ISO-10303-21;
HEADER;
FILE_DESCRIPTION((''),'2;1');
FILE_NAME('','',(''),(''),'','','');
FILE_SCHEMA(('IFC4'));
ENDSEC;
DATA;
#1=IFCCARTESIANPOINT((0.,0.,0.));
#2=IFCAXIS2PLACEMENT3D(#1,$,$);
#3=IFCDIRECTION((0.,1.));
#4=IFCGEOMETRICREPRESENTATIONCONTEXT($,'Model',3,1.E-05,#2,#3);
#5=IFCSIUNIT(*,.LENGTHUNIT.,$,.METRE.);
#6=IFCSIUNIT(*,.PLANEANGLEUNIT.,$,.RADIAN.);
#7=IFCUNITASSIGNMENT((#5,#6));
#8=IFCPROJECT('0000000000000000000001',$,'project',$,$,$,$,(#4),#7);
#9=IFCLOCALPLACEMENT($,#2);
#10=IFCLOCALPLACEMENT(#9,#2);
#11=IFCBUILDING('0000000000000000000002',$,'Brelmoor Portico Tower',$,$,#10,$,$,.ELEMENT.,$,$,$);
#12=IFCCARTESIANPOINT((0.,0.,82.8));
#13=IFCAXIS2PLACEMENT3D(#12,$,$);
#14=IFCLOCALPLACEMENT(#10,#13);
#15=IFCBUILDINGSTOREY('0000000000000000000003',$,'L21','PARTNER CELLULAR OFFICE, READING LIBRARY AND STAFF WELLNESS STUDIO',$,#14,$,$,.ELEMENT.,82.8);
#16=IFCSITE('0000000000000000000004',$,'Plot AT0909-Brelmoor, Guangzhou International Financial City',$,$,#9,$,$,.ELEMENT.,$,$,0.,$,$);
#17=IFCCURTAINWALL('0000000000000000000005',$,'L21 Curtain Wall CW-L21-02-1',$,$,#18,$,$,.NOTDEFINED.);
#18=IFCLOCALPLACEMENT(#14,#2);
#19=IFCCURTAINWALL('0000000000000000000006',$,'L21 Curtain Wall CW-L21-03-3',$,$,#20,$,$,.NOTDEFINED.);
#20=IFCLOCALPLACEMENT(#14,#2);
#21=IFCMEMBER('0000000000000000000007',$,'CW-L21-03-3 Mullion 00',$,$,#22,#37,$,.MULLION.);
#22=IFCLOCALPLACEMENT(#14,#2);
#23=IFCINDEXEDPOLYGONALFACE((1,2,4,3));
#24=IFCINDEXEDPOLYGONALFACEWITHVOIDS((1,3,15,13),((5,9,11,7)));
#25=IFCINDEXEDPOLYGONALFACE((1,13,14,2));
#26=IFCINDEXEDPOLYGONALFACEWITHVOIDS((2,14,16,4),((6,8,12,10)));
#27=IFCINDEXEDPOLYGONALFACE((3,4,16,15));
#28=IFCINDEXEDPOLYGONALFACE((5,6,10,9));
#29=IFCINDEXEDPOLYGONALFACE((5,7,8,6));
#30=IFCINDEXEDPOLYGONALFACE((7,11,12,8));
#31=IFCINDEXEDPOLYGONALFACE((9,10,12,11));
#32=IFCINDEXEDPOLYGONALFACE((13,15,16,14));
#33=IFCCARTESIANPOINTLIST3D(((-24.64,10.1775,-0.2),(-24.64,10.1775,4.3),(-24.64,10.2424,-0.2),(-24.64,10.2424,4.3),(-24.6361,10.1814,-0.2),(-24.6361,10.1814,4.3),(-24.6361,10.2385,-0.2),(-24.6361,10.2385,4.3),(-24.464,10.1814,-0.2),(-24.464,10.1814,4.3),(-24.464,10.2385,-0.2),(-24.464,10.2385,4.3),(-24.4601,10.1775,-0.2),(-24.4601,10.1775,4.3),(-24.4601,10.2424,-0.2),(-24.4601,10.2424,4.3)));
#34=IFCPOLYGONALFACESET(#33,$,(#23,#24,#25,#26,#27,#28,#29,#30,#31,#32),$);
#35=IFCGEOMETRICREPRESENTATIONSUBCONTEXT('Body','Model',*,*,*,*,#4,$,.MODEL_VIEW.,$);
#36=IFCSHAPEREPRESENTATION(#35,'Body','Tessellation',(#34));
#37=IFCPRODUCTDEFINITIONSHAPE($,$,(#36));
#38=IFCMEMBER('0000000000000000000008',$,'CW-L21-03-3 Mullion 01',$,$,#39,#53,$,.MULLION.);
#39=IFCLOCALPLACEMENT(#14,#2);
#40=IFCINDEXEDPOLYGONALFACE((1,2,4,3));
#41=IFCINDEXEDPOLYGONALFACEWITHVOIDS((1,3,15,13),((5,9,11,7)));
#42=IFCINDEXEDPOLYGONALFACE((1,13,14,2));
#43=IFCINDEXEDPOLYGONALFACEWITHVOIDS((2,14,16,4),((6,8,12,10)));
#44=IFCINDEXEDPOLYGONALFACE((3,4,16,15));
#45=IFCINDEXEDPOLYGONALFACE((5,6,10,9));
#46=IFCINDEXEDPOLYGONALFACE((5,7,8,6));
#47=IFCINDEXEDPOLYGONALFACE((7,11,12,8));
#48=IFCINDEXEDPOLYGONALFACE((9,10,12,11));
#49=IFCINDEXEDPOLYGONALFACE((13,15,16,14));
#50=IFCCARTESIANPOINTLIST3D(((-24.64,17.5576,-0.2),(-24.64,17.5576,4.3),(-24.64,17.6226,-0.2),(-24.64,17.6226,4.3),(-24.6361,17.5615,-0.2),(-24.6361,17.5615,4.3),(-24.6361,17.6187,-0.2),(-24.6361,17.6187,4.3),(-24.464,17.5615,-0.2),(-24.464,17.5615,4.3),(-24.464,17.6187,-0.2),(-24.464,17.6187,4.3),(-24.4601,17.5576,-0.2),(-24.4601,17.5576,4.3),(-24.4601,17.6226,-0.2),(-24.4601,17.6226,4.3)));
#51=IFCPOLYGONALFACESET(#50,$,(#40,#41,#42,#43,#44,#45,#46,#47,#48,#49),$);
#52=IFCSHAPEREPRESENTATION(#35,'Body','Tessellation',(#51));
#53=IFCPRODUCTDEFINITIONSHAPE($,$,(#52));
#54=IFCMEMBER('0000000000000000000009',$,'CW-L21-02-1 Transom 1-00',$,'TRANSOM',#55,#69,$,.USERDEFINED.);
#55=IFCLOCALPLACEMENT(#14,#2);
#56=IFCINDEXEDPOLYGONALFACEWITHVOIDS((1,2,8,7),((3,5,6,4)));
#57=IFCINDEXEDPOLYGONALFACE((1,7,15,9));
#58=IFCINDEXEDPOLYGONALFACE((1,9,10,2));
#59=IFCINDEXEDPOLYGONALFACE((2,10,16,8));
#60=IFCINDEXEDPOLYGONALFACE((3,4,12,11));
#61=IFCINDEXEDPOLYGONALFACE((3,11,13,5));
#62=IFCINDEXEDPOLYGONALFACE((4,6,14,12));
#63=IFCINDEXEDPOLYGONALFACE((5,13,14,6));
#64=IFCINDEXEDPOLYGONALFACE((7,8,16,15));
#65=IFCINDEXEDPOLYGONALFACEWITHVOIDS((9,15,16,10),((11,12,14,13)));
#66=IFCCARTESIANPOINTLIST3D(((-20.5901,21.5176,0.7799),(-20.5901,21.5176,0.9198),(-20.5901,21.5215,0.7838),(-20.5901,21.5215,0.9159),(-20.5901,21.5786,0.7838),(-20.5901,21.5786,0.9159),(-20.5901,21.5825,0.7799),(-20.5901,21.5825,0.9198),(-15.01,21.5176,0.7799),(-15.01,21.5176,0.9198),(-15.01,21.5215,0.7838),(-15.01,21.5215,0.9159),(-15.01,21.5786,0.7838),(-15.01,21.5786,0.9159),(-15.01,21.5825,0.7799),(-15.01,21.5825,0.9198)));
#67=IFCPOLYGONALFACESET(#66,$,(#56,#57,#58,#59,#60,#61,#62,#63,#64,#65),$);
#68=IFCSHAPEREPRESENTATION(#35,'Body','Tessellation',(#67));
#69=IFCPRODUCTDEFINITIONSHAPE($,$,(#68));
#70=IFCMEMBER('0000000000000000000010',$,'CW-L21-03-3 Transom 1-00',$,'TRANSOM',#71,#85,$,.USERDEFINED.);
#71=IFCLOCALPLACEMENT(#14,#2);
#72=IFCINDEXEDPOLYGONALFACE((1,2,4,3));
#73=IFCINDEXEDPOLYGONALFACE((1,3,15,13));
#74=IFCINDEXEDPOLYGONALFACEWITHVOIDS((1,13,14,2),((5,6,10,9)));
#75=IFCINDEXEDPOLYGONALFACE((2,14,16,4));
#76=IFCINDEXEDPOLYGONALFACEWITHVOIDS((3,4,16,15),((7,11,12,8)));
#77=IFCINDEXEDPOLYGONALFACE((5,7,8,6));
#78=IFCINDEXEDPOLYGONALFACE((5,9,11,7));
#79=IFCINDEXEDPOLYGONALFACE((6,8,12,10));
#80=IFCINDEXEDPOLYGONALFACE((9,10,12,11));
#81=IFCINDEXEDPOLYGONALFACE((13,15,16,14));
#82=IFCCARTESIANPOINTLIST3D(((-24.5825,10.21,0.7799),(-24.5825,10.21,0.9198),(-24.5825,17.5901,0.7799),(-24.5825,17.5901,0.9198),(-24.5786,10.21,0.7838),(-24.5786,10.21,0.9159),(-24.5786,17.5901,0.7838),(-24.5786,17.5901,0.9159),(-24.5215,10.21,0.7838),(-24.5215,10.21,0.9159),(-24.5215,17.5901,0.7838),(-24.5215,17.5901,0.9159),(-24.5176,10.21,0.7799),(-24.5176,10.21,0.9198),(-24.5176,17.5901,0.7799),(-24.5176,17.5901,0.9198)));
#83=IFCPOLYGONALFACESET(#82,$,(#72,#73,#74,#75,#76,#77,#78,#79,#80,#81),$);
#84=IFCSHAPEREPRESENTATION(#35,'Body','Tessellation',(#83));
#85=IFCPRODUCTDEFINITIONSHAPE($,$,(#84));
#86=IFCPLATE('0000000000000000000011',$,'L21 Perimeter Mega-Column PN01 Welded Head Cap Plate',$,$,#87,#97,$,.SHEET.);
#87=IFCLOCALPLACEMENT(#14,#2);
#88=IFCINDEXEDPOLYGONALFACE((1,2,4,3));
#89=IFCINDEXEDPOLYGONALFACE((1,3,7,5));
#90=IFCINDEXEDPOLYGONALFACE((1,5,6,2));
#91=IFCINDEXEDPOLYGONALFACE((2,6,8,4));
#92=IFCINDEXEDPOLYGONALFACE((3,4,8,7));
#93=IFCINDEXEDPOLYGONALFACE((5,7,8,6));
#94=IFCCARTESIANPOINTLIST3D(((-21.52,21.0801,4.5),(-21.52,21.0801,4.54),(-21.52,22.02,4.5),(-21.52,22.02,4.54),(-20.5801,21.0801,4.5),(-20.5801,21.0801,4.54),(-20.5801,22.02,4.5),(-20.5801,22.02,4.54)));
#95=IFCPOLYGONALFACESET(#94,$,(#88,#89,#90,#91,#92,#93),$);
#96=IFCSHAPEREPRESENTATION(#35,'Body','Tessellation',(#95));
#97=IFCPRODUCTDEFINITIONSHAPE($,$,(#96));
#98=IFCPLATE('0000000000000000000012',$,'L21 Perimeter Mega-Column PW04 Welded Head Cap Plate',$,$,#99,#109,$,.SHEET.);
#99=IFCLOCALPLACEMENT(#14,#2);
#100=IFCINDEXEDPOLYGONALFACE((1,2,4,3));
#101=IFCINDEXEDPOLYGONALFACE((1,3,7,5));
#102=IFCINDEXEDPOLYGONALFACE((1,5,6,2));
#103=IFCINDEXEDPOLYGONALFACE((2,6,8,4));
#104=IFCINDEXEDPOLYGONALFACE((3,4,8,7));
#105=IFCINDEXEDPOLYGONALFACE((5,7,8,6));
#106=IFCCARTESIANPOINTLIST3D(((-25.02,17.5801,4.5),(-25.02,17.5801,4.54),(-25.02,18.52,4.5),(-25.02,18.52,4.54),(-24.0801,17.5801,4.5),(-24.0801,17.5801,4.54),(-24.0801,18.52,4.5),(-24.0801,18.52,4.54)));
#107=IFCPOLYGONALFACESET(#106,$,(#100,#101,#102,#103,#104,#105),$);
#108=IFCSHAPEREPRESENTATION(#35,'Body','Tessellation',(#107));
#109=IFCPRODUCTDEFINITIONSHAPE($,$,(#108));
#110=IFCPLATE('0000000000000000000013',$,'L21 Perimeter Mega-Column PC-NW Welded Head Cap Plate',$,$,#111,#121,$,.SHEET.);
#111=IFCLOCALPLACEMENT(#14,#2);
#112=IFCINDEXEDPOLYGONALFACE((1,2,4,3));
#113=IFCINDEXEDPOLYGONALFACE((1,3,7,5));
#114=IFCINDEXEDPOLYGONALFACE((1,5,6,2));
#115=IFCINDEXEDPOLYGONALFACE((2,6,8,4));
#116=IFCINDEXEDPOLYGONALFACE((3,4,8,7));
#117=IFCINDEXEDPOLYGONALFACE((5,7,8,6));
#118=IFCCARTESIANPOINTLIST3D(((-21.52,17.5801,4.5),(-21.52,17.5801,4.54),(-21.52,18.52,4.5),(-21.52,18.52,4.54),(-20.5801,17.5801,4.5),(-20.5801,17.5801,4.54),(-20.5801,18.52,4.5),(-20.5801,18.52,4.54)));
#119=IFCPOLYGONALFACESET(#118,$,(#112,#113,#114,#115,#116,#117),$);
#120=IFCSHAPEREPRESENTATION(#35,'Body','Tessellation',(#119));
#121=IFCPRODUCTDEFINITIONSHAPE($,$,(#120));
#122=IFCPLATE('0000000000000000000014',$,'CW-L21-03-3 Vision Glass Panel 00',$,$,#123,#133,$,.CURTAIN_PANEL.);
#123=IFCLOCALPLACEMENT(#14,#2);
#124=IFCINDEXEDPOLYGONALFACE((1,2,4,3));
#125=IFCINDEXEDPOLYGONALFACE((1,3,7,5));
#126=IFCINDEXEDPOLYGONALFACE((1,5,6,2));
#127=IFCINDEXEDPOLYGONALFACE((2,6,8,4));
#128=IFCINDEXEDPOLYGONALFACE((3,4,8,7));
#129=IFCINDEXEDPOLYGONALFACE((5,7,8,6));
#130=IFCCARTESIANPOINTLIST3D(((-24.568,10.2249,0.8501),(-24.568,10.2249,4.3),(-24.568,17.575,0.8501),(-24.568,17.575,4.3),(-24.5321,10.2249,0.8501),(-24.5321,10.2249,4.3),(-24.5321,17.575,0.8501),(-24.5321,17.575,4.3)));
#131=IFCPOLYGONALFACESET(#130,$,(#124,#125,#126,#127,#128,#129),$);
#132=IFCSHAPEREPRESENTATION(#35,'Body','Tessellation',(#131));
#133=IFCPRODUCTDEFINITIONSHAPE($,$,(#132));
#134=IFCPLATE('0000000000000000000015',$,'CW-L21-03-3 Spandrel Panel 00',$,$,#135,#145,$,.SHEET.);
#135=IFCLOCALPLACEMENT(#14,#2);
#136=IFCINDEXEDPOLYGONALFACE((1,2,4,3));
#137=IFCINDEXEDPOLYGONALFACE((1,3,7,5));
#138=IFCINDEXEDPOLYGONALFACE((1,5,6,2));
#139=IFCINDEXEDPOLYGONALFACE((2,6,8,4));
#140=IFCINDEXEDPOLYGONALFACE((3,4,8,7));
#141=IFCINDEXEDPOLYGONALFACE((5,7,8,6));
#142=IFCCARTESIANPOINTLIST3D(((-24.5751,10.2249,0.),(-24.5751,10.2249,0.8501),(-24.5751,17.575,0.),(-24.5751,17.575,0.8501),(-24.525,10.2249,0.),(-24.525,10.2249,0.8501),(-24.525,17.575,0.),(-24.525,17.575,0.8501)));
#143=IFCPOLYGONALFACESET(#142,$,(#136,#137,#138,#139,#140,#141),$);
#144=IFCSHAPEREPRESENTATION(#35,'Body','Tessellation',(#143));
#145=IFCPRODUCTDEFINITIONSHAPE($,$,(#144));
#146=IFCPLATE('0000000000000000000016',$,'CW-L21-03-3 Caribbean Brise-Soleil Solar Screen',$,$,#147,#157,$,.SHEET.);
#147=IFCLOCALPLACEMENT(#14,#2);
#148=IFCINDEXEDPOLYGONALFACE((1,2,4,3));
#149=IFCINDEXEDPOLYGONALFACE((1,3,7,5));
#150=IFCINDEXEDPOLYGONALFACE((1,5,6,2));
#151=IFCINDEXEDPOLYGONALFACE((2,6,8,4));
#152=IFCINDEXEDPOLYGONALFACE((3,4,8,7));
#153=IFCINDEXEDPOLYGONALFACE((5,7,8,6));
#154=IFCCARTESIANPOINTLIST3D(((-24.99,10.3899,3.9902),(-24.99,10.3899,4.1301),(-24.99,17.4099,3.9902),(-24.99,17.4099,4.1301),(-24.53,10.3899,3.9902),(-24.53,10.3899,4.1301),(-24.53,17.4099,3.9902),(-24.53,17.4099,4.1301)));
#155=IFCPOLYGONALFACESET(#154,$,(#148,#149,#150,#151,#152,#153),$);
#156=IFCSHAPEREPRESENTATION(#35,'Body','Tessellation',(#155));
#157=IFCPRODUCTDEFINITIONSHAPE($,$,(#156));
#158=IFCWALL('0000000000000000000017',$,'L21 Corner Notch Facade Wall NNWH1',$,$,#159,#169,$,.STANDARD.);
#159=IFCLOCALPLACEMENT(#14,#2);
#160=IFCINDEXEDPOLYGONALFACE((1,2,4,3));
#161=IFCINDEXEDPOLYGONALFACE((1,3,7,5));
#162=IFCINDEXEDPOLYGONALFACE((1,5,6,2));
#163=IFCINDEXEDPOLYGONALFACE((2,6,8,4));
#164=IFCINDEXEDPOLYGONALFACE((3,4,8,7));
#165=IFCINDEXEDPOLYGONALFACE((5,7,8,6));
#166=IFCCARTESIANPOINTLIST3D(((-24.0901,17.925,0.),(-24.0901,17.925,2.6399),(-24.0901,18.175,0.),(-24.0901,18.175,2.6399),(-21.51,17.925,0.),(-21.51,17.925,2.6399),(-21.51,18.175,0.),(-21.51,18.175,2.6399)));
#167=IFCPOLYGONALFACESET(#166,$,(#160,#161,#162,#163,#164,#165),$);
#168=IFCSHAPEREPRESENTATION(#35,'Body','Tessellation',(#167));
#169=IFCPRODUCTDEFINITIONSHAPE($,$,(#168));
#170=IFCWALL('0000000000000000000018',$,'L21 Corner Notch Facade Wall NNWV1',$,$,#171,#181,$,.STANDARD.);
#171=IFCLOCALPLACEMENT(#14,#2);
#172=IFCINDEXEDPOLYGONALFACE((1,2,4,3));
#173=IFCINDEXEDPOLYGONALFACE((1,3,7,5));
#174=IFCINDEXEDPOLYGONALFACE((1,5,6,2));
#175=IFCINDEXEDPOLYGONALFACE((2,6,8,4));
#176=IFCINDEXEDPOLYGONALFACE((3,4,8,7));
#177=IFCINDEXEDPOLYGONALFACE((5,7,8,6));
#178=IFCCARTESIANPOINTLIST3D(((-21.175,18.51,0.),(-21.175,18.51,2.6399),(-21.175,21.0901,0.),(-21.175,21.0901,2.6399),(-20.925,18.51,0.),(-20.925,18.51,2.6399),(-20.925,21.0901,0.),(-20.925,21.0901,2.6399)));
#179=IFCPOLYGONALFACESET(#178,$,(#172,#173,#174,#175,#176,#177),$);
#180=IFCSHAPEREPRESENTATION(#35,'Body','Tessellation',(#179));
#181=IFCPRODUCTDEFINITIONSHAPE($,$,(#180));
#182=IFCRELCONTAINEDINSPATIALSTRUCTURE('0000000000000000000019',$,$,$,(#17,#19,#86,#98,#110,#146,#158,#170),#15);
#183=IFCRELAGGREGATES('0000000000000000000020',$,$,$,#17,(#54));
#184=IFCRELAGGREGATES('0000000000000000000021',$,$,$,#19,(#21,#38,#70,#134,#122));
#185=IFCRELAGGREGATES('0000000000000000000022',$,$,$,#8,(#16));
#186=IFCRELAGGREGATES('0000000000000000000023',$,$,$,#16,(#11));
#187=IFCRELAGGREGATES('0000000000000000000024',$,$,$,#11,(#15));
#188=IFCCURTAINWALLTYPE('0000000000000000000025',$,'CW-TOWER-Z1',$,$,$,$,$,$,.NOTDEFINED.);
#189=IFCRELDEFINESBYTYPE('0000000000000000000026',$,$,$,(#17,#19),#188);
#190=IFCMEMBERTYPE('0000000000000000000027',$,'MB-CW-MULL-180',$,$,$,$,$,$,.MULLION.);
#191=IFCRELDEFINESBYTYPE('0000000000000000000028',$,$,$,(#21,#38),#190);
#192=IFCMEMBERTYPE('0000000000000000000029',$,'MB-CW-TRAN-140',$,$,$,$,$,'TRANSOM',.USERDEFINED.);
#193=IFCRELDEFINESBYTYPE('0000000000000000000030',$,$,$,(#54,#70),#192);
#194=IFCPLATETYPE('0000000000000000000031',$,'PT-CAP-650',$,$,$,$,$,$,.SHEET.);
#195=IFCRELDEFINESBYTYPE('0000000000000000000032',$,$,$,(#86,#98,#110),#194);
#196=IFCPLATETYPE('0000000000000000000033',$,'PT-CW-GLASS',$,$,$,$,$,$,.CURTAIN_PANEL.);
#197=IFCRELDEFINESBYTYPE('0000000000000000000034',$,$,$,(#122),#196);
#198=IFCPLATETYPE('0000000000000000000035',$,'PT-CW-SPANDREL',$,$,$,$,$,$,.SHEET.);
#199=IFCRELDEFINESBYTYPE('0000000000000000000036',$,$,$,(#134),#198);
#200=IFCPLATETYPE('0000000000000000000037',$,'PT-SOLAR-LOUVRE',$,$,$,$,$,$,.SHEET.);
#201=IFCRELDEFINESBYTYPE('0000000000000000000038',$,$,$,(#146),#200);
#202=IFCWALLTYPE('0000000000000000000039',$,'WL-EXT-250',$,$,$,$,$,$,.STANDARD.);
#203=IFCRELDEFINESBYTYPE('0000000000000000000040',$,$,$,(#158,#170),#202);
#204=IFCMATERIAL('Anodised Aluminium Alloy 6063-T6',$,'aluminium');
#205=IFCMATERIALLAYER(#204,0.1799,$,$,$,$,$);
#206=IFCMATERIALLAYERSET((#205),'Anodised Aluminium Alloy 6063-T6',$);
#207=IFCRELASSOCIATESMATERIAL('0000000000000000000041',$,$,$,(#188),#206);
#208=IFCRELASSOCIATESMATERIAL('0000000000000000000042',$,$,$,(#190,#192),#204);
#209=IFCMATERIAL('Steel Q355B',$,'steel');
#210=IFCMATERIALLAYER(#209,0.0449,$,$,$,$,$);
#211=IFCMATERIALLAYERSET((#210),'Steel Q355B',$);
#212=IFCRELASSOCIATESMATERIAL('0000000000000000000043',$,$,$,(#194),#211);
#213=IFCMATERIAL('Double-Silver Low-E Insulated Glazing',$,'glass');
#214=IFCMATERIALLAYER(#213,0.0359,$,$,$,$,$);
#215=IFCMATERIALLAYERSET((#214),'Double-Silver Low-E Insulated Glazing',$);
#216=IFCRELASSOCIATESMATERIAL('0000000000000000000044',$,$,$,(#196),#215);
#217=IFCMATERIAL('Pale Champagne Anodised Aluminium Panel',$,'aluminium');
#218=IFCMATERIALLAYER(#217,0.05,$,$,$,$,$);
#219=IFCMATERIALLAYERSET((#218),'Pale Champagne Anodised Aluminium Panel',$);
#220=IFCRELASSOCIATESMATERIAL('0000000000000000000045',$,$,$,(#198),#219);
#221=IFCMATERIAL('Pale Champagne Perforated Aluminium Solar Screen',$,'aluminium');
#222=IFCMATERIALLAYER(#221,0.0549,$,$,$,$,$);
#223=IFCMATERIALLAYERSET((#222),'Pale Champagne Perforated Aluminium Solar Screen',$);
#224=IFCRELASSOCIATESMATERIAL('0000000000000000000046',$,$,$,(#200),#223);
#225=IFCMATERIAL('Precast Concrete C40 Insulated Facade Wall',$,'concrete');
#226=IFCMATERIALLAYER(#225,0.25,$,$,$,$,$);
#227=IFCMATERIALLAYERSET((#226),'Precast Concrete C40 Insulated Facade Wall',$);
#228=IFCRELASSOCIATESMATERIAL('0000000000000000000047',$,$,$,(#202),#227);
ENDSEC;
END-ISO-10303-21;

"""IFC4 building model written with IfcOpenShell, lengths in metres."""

from ifc_helpers import new_model, si_unit, direction, frame, frame_2d, origin, origin_2d, place, context, subcontext, project, spatial, rectangle, hollow_rectangle, extrude, material, layer, layer_set, material_profile, profile_set, type_object, element, aggregate, save


model = new_model("IFC4")

# Units and contexts
model_context = context("Model", 3, precision=1e-05, world=origin(), true_north=direction((0.0, 1.0)))
body_context = subcontext(model_context, "Body", "Model", "MODEL_VIEW")
ifc_project = project(units=[si_unit("LENGTHUNIT", "METRE"), si_unit("PLANEANGLEUNIT", "RADIAN")], contexts=[model_context])

# Site, building, storey
site_placement = place(None, origin())
site = spatial("IfcSite", under=ifc_project, at=site_placement, Name="Plot AT0909-Brelmoor, Guangzhou International Financial City", CompositionType="ELEMENT", RefElevation=0.0)
building_placement = place(site_placement, origin())
building = spatial("IfcBuilding", under=site, at=building_placement, Name="Brelmoor Portico Tower", CompositionType="ELEMENT")
storey_placement = place(building_placement, frame((0.0, 0.0, 82.8)))
storey = spatial("IfcBuildingStorey", under=building, at=storey_placement, Name="L21", Description="PARTNER CELLULAR OFFICE, READING LIBRARY AND STAFF WELLNESS STUDIO", CompositionType="ELEMENT", Elevation=82.8)

# Shared definitions
ifc_material_1 = material(Name="Steel Q355B", Category="steel")

# Curtain wall
ifc_material_2 = material(Name="Anodised Aluminium Alloy 6063-T6", Category="aluminium")
ifc_layer_1 = layer(ifc_material_2, 0.1799)
ifc_layer_set_1 = layer_set([ifc_layer_1], Name="Anodised Aluminium Alloy 6063-T6")
curtain_wall_type = type_object("IfcCurtainWallType", Name="CW-TOWER-Z1", PredefinedType="NOTDEFINED", material=ifc_layer_set_1)
curtain_wall_1_placement = place(storey_placement, origin())
curtain_wall_1 = element("IfcCurtainWall", 1, at=curtain_wall_1_placement, inside=storey, type_object=curtain_wall_type, Name="L21 Curtain Wall CW-L21-02-1", PredefinedType="NOTDEFINED")
ifc_material_profile_1 = material_profile(ifc_material_2, hollow_rectangle(XDim=0.0649, YDim=0.1799, WallThickness=0.0039, at=origin_2d()), Name="ALU MULLION 65x180")
ifc_profile_set_1 = profile_set([ifc_material_profile_1], Name="Anodised Aluminium Alloy 6063-T6")
member_type_1 = type_object("IfcMemberType", Name="MB-CW-MULL-180", PredefinedType="MULLION", material=ifc_profile_set_1)

# Curtain wall, members
curtain_wall_2_placement = place(storey_placement, origin())
curtain_wall_2 = element("IfcCurtainWall", 2, at=curtain_wall_2_placement, inside=storey, type_object=curtain_wall_type, Name="L21 Curtain Wall CW-L21-03-3", PredefinedType="NOTDEFINED")
member_1_placement = place(storey_placement, frame((-24.55, 10.21, -0.2), z_axis=(0.0, 0.0, 1.0), x_axis=(0.0, 1.0, 0.0)))
member_1 = element("IfcMember", 3, at=member_1_placement, type_object=member_type_1, Name="CW-L21-03-3 Mullion 00", PredefinedType="MULLION", context=body_context, shape_type="SweptSolid", body=[
    extrude(hollow_rectangle(XDim=0.0649, YDim=0.1799, WallThickness=0.0039, at=origin_2d()), origin(), (0.0, 0.0, 1.0), 4.5),
])
member_2_placement = place(storey_placement, frame((-24.55, 17.5901, -0.2), z_axis=(0.0, 0.0, 1.0), x_axis=(0.0, 1.0, 0.0)))
member_2 = element("IfcMember", 4, at=member_2_placement, type_object=member_type_1, Name="CW-L21-03-3 Mullion 01", PredefinedType="MULLION", context=body_context, shape_type="SweptSolid", body=[
    extrude(hollow_rectangle(XDim=0.0649, YDim=0.1799, WallThickness=0.0039, at=origin_2d()), origin(), (0.0, 0.0, 1.0), 4.5),
])

# Members
ifc_material_profile_2 = material_profile(ifc_material_2, hollow_rectangle(XDim=0.0649, YDim=0.1399, WallThickness=0.0039, at=origin_2d()), Name="ALU TRANSOM 65x140")
ifc_profile_set_2 = profile_set([ifc_material_profile_2], Name="Anodised Aluminium Alloy 6063-T6")
member_type_2 = type_object("IfcMemberType", Name="MB-CW-TRAN-140", ElementType="TRANSOM", PredefinedType="USERDEFINED", material=ifc_profile_set_2)
member_3_placement = place(storey_placement, frame((-20.5901, 21.55, 0.8499), z_axis=(1.0, 0.0, 0.0), x_axis=(0.0, 1.0, 0.0)))
member_3 = element("IfcMember", 5, at=member_3_placement, type_object=member_type_2, Name="CW-L21-02-1 Transom 1-00", ObjectType="TRANSOM", PredefinedType="USERDEFINED", context=body_context, shape_type="SweptSolid", body=[
    extrude(hollow_rectangle(XDim=0.0649, YDim=0.1399, WallThickness=0.0039, at=origin_2d()), origin(), (0.0, 0.0, 1.0), 5.5801),
])
aggregate(curtain_wall_1, [member_3])
member_4_placement = place(storey_placement, frame((-24.55, 10.21, 0.8499), z_axis=(0.0, 1.0, 0.0), x_axis=(-1.0, 0.0, 0.0)))
member_4 = element("IfcMember", 6, at=member_4_placement, type_object=member_type_2, Name="CW-L21-03-3 Transom 1-00", ObjectType="TRANSOM", PredefinedType="USERDEFINED", context=body_context, shape_type="SweptSolid", body=[
    extrude(hollow_rectangle(XDim=0.0649, YDim=0.1399, WallThickness=0.0039, at=origin_2d()), origin(), (0.0, 0.0, 1.0), 7.3801),
])

# Plates
ifc_layer_2 = layer(ifc_material_1, 0.0449)
ifc_layer_set_2 = layer_set([ifc_layer_2], Name="Steel Q355B")
plate_type_1 = type_object("IfcPlateType", Name="PT-CAP-650", PredefinedType="SHEET", material=ifc_layer_set_2)
for number, where, z_axis, x_axis, name in (
    (7, (-21.05, 21.55, 4.5), (0.0, 0.0, 1.0), (1.0, 0.0, 0.0), "L21 Perimeter Mega-Column PN01 Welded Head Cap Plate"),
    (8, (-24.55, 18.05, 4.5), (0.0, 0.0, 1.0), (0.0, 1.0, 0.0), "L21 Perimeter Mega-Column PW04 Welded Head Cap Plate"),
    (9, (-21.05, 18.05, 4.5), (0.0, 0.0, 1.0), (1.0, 0.0, 0.0), "L21 Perimeter Mega-Column PC-NW Welded Head Cap Plate"),
):
    element("IfcPlate", number, at=place(storey_placement, frame(where, z_axis=z_axis, x_axis=x_axis)), inside=storey, type_object=plate_type_1, Name=name, PredefinedType="SHEET", context=body_context, shape_type="SweptSolid", body=[
        extrude(rectangle(XDim=0.9399, YDim=0.9399, at=origin_2d()), origin(), (0.0, 0.0, 1.0), 0.04),
    ])

# Plates
ifc_material_3 = material(Name="Double-Silver Low-E Insulated Glazing", Category="glass")
ifc_layer_3 = layer(ifc_material_3, 0.0359)
ifc_layer_set_3 = layer_set([ifc_layer_3], Name="Double-Silver Low-E Insulated Glazing")
plate_type_2 = type_object("IfcPlateType", Name="PT-CW-GLASS", PredefinedType="CURTAIN_PANEL", material=ifc_layer_set_3)
plate_1_placement = place(storey_placement, frame((-24.55, 13.8999, 0.8501), z_axis=(0.0, 0.0, 1.0), x_axis=(0.0, 1.0, 0.0)))
plate_1 = element("IfcPlate", 10, at=plate_1_placement, type_object=plate_type_2, Name="CW-L21-03-3 Vision Glass Panel 00", PredefinedType="CURTAIN_PANEL", context=body_context, shape_type="SweptSolid", body=[
    extrude(rectangle(XDim=7.3501, YDim=0.0359, at=origin_2d()), origin(), (0.0, 0.0, 1.0), 3.45),
])
ifc_material_4 = material(Name="Pale Champagne Anodised Aluminium Panel", Category="aluminium")
ifc_layer_4 = layer(ifc_material_4, 0.05)
ifc_layer_set_4 = layer_set([ifc_layer_4], Name="Pale Champagne Anodised Aluminium Panel")
plate_type_3 = type_object("IfcPlateType", Name="PT-CW-SPANDREL", PredefinedType="SHEET", material=ifc_layer_set_4)
plate_2_placement = place(storey_placement, frame((-24.55, 13.8999, 0.0), z_axis=(0.0, 0.0, 1.0), x_axis=(0.0, 1.0, 0.0)))
plate_2 = element("IfcPlate", 11, at=plate_2_placement, type_object=plate_type_3, Name="CW-L21-03-3 Spandrel Panel 00", PredefinedType="SHEET", context=body_context, shape_type="SweptSolid", body=[
    extrude(rectangle(XDim=7.3501, YDim=0.05, at=origin_2d()), origin(), (0.0, 0.0, 1.0), 0.8501),
])
aggregate(curtain_wall_2, [member_1, member_2, member_4, plate_2, plate_1])
ifc_material_5 = material(Name="Pale Champagne Perforated Aluminium Solar Screen", Category="aluminium")
ifc_layer_5 = layer(ifc_material_5, 0.0549)
ifc_layer_set_5 = layer_set([ifc_layer_5], Name="Pale Champagne Perforated Aluminium Solar Screen")
plate_type_4 = type_object("IfcPlateType", Name="PT-SOLAR-LOUVRE", PredefinedType="SHEET", material=ifc_layer_set_5)
plate_3_placement = place(storey_placement, frame((-24.76, 13.8999, 3.9902), z_axis=(0.0, 0.0, 1.0), x_axis=(0.0, 1.0, 0.0)))
element("IfcPlate", 12, at=plate_3_placement, inside=storey, type_object=plate_type_4, Name="CW-L21-03-3 Caribbean Brise-Soleil Solar Screen", PredefinedType="SHEET", context=body_context, shape_type="SweptSolid", body=[
    extrude(rectangle(XDim=7.02, YDim=0.46, at=origin_2d()), origin(), (0.0, 0.0, 1.0), 0.1399),
])

# Walls
ifc_material_6 = material(Name="Precast Concrete C40 Insulated Facade Wall", Category="concrete")
ifc_layer_6 = layer(ifc_material_6, 0.25)
ifc_layer_set_6 = layer_set([ifc_layer_6], Name="Precast Concrete C40 Insulated Facade Wall")
wall_type_1 = type_object("IfcWallType", Name="WL-EXT-250", PredefinedType="STANDARD", material=ifc_layer_set_6)
for number, where, z_axis, x_axis, name in (
    (13, (-24.0901, 18.05, 0.0), (0.0, 0.0, 1.0), (1.0, 0.0, 0.0), "L21 Corner Notch Facade Wall NNWH1"),
    (14, (-21.05, 18.51, 0.0), (0.0, 0.0, 1.0), (0.0, 1.0, 0.0), "L21 Corner Notch Facade Wall NNWV1"),
):
    element("IfcWall", number, at=place(storey_placement, frame(where, z_axis=z_axis, x_axis=x_axis)), inside=storey, type_object=wall_type_1, Name=name, PredefinedType="STANDARD", context=body_context, shape_type="SweptSolid", body=[
        extrude(rectangle(XDim=2.5801, YDim=0.25, at=frame_2d((1.29, 0.0))), origin(), (0.0, 0.0, 1.0), 2.6399),
    ])

save(model, "model.ifc")
